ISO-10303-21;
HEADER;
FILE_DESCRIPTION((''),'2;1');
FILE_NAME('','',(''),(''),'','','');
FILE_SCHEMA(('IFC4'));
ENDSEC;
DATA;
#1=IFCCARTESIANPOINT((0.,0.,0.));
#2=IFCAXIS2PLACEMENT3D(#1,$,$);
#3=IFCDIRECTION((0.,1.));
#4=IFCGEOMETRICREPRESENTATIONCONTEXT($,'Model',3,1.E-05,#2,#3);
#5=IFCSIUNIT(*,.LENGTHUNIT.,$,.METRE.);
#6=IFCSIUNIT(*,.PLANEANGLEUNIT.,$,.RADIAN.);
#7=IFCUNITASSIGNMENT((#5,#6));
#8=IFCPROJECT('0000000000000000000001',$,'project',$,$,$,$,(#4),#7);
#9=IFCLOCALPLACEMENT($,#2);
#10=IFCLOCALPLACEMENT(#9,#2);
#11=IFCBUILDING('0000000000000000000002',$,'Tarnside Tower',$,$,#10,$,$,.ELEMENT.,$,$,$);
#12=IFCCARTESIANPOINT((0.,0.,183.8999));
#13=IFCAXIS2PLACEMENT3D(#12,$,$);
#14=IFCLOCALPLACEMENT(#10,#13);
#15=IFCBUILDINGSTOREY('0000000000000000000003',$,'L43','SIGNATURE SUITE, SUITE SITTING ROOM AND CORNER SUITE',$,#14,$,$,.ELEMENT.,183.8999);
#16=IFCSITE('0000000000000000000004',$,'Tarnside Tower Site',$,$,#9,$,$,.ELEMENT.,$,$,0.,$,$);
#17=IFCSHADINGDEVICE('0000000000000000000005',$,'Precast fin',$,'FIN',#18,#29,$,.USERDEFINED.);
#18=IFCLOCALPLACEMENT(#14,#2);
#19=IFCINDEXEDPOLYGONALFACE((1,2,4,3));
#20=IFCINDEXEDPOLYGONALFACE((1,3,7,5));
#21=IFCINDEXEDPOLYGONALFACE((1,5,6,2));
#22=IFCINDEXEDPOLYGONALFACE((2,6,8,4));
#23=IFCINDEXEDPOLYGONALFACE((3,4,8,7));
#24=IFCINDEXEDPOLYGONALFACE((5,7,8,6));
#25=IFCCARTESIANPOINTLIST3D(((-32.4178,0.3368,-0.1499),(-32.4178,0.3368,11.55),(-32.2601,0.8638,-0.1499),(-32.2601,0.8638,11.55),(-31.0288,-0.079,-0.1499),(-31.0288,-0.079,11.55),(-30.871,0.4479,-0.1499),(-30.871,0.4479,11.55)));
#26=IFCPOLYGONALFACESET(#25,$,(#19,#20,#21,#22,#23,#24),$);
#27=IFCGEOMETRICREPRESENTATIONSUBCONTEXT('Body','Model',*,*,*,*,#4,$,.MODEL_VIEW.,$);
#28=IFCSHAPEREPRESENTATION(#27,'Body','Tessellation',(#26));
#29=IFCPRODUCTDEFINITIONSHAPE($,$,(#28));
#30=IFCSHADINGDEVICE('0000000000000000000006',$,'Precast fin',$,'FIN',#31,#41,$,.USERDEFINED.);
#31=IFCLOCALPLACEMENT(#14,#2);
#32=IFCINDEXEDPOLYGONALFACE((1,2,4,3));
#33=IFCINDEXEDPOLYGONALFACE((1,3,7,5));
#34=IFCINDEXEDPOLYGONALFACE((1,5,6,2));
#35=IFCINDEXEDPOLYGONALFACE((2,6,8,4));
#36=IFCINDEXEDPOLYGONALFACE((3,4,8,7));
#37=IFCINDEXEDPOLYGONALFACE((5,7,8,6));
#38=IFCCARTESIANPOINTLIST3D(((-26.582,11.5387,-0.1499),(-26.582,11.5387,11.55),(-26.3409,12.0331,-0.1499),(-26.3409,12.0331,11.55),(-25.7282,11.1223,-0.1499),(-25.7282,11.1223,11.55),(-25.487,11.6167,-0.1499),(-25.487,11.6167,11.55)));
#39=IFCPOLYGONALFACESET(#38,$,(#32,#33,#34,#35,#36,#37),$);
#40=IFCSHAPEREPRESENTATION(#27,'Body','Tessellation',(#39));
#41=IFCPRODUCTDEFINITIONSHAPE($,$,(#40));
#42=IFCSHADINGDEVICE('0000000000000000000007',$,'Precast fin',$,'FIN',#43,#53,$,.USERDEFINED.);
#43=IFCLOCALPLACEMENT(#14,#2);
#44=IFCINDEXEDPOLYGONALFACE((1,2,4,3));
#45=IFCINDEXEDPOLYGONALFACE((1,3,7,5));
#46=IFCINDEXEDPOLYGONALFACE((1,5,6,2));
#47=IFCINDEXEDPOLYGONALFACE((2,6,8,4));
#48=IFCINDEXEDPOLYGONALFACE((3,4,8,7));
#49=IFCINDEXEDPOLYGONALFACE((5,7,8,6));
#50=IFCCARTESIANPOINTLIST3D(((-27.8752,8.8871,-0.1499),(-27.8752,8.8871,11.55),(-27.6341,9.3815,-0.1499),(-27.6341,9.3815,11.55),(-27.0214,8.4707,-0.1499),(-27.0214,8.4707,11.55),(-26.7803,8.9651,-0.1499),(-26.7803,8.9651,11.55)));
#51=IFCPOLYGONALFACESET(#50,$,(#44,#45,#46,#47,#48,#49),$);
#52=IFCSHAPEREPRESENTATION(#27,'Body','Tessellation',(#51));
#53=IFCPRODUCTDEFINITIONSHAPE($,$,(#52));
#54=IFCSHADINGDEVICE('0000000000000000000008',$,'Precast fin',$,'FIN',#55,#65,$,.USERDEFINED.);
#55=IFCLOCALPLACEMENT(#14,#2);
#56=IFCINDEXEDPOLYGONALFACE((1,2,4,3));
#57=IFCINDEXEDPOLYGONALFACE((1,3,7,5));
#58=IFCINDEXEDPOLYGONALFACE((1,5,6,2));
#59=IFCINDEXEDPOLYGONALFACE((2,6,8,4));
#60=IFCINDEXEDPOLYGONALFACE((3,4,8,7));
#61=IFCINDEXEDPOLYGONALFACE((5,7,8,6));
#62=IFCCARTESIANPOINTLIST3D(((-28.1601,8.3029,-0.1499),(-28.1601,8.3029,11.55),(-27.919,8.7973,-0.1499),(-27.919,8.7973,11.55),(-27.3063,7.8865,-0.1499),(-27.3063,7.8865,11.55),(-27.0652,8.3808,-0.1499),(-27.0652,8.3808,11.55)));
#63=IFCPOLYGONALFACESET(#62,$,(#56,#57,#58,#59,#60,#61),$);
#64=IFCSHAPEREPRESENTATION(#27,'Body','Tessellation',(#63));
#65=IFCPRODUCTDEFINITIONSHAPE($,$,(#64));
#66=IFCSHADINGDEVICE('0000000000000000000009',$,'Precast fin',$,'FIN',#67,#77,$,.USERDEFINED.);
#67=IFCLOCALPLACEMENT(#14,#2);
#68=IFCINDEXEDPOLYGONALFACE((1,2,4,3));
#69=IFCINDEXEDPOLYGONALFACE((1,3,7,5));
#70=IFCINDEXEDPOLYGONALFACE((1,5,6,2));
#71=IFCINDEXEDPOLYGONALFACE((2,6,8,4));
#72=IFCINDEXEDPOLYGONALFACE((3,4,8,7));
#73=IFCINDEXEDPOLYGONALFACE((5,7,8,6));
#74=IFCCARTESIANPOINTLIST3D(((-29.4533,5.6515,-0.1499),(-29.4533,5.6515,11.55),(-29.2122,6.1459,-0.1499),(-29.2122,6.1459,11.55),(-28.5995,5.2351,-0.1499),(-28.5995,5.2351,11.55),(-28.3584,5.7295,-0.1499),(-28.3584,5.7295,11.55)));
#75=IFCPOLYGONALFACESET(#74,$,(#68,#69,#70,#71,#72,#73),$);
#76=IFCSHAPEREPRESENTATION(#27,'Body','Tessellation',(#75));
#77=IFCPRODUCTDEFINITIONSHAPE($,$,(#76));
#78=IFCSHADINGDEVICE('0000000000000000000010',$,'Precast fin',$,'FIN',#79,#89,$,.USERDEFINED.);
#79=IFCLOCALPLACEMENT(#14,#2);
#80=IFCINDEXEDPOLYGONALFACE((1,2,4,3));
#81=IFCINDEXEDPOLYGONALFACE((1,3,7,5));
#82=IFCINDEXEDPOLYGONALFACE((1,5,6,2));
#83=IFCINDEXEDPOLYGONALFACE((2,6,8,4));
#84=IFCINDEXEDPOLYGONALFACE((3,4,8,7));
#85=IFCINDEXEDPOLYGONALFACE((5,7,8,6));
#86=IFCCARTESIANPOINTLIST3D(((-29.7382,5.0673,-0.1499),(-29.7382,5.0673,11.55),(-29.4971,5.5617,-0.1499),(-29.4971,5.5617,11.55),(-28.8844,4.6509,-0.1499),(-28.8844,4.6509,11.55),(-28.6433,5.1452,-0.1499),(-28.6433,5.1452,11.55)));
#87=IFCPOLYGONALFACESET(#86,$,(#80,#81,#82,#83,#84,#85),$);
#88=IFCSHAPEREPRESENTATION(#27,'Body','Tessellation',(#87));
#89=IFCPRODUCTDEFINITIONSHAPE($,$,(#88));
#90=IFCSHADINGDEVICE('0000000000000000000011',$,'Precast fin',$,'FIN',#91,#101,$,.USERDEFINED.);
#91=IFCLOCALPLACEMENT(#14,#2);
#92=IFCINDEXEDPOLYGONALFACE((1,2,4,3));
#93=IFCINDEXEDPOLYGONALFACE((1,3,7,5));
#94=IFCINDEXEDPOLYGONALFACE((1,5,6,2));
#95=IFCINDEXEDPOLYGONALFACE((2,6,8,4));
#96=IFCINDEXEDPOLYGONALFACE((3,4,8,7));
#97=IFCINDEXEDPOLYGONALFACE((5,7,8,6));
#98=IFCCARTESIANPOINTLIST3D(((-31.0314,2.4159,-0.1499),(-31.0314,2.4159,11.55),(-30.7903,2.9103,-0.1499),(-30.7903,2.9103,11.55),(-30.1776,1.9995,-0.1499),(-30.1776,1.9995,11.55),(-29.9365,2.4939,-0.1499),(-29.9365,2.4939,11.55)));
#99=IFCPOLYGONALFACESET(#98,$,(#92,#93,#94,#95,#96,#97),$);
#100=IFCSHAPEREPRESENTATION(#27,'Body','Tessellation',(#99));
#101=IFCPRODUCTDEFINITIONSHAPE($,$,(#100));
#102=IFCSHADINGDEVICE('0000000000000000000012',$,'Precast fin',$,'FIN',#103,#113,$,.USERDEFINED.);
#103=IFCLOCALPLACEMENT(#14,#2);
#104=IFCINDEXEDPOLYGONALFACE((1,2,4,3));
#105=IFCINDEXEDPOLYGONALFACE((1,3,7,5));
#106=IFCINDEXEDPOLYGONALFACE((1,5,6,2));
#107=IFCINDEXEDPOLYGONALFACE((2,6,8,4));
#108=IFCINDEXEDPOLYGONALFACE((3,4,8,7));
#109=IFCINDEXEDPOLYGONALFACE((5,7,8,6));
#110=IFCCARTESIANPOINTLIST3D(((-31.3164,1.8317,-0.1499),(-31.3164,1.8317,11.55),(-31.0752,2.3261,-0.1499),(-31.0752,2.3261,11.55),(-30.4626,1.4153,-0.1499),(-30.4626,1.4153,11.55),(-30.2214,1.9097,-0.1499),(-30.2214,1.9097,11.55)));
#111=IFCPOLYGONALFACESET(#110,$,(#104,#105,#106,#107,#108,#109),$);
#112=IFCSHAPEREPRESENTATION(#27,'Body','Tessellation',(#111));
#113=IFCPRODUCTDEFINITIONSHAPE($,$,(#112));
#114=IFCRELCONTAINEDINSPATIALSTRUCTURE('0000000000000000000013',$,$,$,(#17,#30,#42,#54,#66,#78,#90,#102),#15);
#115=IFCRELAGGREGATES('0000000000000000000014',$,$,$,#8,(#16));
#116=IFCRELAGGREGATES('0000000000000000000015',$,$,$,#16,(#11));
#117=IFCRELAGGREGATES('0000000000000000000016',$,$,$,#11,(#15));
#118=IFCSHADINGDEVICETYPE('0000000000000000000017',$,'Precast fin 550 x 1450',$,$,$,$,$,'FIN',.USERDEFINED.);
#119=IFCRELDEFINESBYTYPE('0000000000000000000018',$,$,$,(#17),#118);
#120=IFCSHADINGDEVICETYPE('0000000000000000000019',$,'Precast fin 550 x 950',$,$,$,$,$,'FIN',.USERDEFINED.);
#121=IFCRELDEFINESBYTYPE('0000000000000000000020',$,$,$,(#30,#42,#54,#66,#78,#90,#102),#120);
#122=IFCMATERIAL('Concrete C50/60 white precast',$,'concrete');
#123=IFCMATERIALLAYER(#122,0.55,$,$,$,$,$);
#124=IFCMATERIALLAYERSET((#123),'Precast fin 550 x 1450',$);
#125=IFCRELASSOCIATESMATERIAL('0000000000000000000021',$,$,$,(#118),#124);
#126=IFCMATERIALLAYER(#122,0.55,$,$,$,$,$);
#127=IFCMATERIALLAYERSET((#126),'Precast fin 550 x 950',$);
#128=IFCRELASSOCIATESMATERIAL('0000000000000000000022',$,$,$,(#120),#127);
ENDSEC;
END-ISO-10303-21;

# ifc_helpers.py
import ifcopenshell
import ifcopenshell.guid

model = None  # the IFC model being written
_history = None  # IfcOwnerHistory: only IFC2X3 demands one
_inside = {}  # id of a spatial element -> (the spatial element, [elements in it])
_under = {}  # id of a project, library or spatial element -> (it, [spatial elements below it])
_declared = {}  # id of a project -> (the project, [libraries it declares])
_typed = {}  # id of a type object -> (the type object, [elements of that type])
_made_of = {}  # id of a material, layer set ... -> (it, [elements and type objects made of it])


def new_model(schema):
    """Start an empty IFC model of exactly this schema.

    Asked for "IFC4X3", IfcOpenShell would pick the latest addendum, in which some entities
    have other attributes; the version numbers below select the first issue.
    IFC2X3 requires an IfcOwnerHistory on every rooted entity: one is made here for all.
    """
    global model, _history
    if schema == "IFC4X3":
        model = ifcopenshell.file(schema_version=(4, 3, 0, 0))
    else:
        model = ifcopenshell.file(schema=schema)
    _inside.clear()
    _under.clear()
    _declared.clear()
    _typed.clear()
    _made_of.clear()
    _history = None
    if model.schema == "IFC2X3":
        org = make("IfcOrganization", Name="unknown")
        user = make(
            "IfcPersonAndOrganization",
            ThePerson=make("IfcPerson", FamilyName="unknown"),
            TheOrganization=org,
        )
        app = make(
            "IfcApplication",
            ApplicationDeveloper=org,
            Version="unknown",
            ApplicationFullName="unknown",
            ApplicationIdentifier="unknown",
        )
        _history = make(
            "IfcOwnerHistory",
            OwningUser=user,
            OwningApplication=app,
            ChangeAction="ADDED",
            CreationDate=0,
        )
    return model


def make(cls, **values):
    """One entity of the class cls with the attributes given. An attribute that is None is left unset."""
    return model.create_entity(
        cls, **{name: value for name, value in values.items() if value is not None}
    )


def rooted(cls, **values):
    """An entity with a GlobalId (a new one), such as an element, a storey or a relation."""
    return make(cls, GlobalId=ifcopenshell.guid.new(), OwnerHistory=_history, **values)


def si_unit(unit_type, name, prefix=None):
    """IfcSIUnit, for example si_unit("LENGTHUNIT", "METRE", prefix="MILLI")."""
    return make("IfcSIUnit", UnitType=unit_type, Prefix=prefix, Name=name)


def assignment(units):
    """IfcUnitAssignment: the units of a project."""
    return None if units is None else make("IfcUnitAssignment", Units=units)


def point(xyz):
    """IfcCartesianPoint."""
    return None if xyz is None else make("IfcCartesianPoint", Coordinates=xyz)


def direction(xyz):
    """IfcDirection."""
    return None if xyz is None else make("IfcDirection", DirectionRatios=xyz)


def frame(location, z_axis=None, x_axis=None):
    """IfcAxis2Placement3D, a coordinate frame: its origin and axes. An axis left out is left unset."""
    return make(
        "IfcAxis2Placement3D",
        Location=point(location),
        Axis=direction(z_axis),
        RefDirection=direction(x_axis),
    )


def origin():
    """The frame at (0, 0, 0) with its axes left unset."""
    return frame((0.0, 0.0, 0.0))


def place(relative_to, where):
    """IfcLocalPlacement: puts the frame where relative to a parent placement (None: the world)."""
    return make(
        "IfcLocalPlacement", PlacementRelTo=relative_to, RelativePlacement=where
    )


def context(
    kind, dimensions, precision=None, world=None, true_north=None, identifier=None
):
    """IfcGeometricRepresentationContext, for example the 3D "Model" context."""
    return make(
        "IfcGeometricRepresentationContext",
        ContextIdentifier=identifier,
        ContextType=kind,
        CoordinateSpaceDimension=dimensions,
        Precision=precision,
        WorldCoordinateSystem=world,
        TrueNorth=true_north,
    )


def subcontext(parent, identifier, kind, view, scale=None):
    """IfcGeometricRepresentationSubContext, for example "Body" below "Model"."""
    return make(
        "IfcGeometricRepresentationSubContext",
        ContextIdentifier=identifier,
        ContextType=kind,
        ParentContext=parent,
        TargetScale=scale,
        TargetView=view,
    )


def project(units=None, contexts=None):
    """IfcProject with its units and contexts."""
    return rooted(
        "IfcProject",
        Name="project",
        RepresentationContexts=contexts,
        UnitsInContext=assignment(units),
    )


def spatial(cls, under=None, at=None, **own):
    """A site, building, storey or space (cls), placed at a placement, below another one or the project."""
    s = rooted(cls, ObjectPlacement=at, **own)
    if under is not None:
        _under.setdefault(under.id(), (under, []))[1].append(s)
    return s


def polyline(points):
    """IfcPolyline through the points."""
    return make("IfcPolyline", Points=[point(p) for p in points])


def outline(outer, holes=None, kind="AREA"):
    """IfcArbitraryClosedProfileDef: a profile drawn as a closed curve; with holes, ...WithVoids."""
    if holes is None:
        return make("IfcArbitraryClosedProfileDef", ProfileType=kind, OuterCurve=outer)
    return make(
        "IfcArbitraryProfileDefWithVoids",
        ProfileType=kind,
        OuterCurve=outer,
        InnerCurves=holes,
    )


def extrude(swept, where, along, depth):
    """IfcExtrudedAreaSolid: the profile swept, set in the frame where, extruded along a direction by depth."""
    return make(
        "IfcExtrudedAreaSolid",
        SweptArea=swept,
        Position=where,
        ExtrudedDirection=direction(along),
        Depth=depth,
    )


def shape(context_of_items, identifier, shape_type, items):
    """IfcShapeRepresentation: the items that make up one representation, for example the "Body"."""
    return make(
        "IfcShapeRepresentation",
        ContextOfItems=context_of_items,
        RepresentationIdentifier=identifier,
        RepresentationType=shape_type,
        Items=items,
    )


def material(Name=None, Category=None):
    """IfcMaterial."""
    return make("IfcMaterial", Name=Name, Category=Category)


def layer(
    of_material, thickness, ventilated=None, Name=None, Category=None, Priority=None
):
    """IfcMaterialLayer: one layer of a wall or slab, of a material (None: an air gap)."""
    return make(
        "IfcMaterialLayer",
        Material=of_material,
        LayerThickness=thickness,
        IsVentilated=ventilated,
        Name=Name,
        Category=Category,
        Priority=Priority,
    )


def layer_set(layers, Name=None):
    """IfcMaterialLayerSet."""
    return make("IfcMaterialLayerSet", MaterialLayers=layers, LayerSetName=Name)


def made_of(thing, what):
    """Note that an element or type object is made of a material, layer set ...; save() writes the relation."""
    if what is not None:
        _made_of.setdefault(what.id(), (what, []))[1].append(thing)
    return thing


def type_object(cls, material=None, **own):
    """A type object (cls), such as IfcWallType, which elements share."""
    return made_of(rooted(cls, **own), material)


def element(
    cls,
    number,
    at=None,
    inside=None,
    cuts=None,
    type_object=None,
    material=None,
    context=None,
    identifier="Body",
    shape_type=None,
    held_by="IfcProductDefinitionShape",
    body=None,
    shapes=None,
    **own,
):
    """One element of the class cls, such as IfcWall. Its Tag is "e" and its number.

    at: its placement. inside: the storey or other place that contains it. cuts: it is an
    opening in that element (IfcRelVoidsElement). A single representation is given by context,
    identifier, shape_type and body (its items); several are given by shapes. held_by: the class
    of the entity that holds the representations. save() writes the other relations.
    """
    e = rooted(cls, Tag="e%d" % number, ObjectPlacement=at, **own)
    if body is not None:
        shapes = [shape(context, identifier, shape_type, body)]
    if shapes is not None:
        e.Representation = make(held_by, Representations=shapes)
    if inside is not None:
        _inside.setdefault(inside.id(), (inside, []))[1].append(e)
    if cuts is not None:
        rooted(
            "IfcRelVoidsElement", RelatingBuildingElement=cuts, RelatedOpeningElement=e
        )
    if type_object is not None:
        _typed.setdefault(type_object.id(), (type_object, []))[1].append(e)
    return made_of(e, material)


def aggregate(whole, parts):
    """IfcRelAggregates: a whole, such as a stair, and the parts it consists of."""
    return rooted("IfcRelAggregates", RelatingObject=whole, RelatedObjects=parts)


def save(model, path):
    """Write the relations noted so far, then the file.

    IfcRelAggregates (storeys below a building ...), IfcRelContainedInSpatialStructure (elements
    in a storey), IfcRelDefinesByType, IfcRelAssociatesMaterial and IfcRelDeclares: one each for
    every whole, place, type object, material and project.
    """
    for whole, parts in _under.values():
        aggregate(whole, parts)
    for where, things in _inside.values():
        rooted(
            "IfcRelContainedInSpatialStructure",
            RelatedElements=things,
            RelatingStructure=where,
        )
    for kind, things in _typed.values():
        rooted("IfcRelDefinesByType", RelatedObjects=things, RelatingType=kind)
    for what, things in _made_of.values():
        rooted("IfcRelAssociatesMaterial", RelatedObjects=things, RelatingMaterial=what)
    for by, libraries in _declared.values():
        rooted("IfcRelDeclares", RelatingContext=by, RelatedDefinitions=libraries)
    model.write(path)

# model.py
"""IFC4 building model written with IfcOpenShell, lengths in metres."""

from ifc_helpers import new_model, si_unit, direction, frame, origin, place, context, subcontext, project, spatial, polyline, outline, extrude, material, layer, layer_set, type_object, element, save


model = new_model("IFC4")

# Units and contexts
model_context = context("Model", 3, precision=1e-05, world=origin(), true_north=direction((0.0, 1.0)))
body_context = subcontext(model_context, "Body", "Model", "MODEL_VIEW")
ifc_project = project(units=[si_unit("LENGTHUNIT", "METRE"), si_unit("PLANEANGLEUNIT", "RADIAN")], contexts=[model_context])

# Site, building, storey
site_placement = place(None, origin())
site = spatial("IfcSite", under=ifc_project, at=site_placement, Name="Tarnside Tower Site", CompositionType="ELEMENT", RefElevation=0.0)
building_placement = place(site_placement, origin())
building = spatial("IfcBuilding", under=site, at=building_placement, Name="Tarnside Tower", CompositionType="ELEMENT")
storey_placement = place(building_placement, frame((0.0, 0.0, 183.8999)))
storey = spatial("IfcBuildingStorey", under=building, at=storey_placement, Name="L43", Description="SIGNATURE SUITE, SUITE SITTING ROOM AND CORNER SUITE", CompositionType="ELEMENT", Elevation=183.8999)

# Shading devices
ifc_material_1 = material(Name="Concrete C50/60 white precast", Category="concrete")
ifc_layer_1 = layer(ifc_material_1, 0.55)
ifc_layer_set_1 = layer_set([ifc_layer_1], Name="Precast fin 550 x 1450")
shading_device_type_1 = type_object("IfcShadingDeviceType", Name="Precast fin 550 x 1450", ElementType="FIN", PredefinedType="USERDEFINED", material=ifc_layer_set_1)
shading_device_placement = place(storey_placement, frame((-30.95, 0.1843, -0.1499), z_axis=(0.286803, 0.95799, 0.0), x_axis=(-0.95799, 0.286803, 0.0)))
element("IfcShadingDevice", 1, at=shading_device_placement, inside=storey, type_object=shading_device_type_1, Name="Precast fin", ObjectType="FIN", PredefinedType="USERDEFINED", context=body_context, shape_type="SweptSolid", body=[
    extrude(outline(polyline([(0.0, 0.0), (1.45, 0.0), (1.45, 11.7), (0.0, 11.7), (0.0, 0.0)])), frame((0.0, 0.0, -0.2749)), (0.0, 0.0, 1.0), 0.55),
])
ifc_layer_2 = layer(ifc_material_1, 0.55)
ifc_layer_set_2 = layer_set([ifc_layer_2], Name="Precast fin 550 x 950")
shading_device_type_2 = type_object("IfcShadingDeviceType", Name="Precast fin 550 x 950", ElementType="FIN", PredefinedType="USERDEFINED", material=ifc_layer_set_2)
for number, where, z_axis, x_axis, name in (
    (2, (-25.6077, 11.3694, -0.1499), (0.438371, 0.898794, 0.0), (-0.898794, 0.438371, 0.0), "Precast fin"),
    (3, (-26.9009, 8.7178, -0.1499), (0.438371, 0.898794, 0.0), (-0.898794, 0.438371, 0.0), "Precast fin"),
    (4, (-27.1858, 8.1335, -0.1499), (0.438371, 0.898794, 0.0), (-0.898794, 0.438371, 0.0), "Precast fin"),
    (5, (-28.479, 5.4822, -0.1499), (0.438371, 0.898794, 0.0), (-0.898794, 0.438371, 0.0), "Precast fin"),
    (6, (-28.7639, 4.8979, -0.1499), (0.438371, 0.898794, 0.0), (-0.898794, 0.438371, 0.0), "Precast fin"),
    (7, (-30.0571, 2.2466, -0.1499), (0.438371, 0.898794, 0.0), (-0.898794, 0.438371, 0.0), "Precast fin"),
    (8, (-30.342, 1.6624, -0.1499), (0.438371, 0.898794, 0.0), (-0.898794, 0.438371, 0.0), "Precast fin"),
):
    element("IfcShadingDevice", number, at=place(storey_placement, frame(where, z_axis=z_axis, x_axis=x_axis)), inside=storey, type_object=shading_device_type_2, Name=name, ObjectType="FIN", PredefinedType="USERDEFINED", context=body_context, shape_type="SweptSolid", body=[
        extrude(outline(polyline([(0.0, 0.0), (0.95, 0.0), (0.95, 11.7), (0.0, 11.7), (0.0, 0.0)])), frame((0.0, 0.0, -0.2749)), (0.0, 0.0, 1.0), 0.55),
    ])

save(model, "model.ifc")
